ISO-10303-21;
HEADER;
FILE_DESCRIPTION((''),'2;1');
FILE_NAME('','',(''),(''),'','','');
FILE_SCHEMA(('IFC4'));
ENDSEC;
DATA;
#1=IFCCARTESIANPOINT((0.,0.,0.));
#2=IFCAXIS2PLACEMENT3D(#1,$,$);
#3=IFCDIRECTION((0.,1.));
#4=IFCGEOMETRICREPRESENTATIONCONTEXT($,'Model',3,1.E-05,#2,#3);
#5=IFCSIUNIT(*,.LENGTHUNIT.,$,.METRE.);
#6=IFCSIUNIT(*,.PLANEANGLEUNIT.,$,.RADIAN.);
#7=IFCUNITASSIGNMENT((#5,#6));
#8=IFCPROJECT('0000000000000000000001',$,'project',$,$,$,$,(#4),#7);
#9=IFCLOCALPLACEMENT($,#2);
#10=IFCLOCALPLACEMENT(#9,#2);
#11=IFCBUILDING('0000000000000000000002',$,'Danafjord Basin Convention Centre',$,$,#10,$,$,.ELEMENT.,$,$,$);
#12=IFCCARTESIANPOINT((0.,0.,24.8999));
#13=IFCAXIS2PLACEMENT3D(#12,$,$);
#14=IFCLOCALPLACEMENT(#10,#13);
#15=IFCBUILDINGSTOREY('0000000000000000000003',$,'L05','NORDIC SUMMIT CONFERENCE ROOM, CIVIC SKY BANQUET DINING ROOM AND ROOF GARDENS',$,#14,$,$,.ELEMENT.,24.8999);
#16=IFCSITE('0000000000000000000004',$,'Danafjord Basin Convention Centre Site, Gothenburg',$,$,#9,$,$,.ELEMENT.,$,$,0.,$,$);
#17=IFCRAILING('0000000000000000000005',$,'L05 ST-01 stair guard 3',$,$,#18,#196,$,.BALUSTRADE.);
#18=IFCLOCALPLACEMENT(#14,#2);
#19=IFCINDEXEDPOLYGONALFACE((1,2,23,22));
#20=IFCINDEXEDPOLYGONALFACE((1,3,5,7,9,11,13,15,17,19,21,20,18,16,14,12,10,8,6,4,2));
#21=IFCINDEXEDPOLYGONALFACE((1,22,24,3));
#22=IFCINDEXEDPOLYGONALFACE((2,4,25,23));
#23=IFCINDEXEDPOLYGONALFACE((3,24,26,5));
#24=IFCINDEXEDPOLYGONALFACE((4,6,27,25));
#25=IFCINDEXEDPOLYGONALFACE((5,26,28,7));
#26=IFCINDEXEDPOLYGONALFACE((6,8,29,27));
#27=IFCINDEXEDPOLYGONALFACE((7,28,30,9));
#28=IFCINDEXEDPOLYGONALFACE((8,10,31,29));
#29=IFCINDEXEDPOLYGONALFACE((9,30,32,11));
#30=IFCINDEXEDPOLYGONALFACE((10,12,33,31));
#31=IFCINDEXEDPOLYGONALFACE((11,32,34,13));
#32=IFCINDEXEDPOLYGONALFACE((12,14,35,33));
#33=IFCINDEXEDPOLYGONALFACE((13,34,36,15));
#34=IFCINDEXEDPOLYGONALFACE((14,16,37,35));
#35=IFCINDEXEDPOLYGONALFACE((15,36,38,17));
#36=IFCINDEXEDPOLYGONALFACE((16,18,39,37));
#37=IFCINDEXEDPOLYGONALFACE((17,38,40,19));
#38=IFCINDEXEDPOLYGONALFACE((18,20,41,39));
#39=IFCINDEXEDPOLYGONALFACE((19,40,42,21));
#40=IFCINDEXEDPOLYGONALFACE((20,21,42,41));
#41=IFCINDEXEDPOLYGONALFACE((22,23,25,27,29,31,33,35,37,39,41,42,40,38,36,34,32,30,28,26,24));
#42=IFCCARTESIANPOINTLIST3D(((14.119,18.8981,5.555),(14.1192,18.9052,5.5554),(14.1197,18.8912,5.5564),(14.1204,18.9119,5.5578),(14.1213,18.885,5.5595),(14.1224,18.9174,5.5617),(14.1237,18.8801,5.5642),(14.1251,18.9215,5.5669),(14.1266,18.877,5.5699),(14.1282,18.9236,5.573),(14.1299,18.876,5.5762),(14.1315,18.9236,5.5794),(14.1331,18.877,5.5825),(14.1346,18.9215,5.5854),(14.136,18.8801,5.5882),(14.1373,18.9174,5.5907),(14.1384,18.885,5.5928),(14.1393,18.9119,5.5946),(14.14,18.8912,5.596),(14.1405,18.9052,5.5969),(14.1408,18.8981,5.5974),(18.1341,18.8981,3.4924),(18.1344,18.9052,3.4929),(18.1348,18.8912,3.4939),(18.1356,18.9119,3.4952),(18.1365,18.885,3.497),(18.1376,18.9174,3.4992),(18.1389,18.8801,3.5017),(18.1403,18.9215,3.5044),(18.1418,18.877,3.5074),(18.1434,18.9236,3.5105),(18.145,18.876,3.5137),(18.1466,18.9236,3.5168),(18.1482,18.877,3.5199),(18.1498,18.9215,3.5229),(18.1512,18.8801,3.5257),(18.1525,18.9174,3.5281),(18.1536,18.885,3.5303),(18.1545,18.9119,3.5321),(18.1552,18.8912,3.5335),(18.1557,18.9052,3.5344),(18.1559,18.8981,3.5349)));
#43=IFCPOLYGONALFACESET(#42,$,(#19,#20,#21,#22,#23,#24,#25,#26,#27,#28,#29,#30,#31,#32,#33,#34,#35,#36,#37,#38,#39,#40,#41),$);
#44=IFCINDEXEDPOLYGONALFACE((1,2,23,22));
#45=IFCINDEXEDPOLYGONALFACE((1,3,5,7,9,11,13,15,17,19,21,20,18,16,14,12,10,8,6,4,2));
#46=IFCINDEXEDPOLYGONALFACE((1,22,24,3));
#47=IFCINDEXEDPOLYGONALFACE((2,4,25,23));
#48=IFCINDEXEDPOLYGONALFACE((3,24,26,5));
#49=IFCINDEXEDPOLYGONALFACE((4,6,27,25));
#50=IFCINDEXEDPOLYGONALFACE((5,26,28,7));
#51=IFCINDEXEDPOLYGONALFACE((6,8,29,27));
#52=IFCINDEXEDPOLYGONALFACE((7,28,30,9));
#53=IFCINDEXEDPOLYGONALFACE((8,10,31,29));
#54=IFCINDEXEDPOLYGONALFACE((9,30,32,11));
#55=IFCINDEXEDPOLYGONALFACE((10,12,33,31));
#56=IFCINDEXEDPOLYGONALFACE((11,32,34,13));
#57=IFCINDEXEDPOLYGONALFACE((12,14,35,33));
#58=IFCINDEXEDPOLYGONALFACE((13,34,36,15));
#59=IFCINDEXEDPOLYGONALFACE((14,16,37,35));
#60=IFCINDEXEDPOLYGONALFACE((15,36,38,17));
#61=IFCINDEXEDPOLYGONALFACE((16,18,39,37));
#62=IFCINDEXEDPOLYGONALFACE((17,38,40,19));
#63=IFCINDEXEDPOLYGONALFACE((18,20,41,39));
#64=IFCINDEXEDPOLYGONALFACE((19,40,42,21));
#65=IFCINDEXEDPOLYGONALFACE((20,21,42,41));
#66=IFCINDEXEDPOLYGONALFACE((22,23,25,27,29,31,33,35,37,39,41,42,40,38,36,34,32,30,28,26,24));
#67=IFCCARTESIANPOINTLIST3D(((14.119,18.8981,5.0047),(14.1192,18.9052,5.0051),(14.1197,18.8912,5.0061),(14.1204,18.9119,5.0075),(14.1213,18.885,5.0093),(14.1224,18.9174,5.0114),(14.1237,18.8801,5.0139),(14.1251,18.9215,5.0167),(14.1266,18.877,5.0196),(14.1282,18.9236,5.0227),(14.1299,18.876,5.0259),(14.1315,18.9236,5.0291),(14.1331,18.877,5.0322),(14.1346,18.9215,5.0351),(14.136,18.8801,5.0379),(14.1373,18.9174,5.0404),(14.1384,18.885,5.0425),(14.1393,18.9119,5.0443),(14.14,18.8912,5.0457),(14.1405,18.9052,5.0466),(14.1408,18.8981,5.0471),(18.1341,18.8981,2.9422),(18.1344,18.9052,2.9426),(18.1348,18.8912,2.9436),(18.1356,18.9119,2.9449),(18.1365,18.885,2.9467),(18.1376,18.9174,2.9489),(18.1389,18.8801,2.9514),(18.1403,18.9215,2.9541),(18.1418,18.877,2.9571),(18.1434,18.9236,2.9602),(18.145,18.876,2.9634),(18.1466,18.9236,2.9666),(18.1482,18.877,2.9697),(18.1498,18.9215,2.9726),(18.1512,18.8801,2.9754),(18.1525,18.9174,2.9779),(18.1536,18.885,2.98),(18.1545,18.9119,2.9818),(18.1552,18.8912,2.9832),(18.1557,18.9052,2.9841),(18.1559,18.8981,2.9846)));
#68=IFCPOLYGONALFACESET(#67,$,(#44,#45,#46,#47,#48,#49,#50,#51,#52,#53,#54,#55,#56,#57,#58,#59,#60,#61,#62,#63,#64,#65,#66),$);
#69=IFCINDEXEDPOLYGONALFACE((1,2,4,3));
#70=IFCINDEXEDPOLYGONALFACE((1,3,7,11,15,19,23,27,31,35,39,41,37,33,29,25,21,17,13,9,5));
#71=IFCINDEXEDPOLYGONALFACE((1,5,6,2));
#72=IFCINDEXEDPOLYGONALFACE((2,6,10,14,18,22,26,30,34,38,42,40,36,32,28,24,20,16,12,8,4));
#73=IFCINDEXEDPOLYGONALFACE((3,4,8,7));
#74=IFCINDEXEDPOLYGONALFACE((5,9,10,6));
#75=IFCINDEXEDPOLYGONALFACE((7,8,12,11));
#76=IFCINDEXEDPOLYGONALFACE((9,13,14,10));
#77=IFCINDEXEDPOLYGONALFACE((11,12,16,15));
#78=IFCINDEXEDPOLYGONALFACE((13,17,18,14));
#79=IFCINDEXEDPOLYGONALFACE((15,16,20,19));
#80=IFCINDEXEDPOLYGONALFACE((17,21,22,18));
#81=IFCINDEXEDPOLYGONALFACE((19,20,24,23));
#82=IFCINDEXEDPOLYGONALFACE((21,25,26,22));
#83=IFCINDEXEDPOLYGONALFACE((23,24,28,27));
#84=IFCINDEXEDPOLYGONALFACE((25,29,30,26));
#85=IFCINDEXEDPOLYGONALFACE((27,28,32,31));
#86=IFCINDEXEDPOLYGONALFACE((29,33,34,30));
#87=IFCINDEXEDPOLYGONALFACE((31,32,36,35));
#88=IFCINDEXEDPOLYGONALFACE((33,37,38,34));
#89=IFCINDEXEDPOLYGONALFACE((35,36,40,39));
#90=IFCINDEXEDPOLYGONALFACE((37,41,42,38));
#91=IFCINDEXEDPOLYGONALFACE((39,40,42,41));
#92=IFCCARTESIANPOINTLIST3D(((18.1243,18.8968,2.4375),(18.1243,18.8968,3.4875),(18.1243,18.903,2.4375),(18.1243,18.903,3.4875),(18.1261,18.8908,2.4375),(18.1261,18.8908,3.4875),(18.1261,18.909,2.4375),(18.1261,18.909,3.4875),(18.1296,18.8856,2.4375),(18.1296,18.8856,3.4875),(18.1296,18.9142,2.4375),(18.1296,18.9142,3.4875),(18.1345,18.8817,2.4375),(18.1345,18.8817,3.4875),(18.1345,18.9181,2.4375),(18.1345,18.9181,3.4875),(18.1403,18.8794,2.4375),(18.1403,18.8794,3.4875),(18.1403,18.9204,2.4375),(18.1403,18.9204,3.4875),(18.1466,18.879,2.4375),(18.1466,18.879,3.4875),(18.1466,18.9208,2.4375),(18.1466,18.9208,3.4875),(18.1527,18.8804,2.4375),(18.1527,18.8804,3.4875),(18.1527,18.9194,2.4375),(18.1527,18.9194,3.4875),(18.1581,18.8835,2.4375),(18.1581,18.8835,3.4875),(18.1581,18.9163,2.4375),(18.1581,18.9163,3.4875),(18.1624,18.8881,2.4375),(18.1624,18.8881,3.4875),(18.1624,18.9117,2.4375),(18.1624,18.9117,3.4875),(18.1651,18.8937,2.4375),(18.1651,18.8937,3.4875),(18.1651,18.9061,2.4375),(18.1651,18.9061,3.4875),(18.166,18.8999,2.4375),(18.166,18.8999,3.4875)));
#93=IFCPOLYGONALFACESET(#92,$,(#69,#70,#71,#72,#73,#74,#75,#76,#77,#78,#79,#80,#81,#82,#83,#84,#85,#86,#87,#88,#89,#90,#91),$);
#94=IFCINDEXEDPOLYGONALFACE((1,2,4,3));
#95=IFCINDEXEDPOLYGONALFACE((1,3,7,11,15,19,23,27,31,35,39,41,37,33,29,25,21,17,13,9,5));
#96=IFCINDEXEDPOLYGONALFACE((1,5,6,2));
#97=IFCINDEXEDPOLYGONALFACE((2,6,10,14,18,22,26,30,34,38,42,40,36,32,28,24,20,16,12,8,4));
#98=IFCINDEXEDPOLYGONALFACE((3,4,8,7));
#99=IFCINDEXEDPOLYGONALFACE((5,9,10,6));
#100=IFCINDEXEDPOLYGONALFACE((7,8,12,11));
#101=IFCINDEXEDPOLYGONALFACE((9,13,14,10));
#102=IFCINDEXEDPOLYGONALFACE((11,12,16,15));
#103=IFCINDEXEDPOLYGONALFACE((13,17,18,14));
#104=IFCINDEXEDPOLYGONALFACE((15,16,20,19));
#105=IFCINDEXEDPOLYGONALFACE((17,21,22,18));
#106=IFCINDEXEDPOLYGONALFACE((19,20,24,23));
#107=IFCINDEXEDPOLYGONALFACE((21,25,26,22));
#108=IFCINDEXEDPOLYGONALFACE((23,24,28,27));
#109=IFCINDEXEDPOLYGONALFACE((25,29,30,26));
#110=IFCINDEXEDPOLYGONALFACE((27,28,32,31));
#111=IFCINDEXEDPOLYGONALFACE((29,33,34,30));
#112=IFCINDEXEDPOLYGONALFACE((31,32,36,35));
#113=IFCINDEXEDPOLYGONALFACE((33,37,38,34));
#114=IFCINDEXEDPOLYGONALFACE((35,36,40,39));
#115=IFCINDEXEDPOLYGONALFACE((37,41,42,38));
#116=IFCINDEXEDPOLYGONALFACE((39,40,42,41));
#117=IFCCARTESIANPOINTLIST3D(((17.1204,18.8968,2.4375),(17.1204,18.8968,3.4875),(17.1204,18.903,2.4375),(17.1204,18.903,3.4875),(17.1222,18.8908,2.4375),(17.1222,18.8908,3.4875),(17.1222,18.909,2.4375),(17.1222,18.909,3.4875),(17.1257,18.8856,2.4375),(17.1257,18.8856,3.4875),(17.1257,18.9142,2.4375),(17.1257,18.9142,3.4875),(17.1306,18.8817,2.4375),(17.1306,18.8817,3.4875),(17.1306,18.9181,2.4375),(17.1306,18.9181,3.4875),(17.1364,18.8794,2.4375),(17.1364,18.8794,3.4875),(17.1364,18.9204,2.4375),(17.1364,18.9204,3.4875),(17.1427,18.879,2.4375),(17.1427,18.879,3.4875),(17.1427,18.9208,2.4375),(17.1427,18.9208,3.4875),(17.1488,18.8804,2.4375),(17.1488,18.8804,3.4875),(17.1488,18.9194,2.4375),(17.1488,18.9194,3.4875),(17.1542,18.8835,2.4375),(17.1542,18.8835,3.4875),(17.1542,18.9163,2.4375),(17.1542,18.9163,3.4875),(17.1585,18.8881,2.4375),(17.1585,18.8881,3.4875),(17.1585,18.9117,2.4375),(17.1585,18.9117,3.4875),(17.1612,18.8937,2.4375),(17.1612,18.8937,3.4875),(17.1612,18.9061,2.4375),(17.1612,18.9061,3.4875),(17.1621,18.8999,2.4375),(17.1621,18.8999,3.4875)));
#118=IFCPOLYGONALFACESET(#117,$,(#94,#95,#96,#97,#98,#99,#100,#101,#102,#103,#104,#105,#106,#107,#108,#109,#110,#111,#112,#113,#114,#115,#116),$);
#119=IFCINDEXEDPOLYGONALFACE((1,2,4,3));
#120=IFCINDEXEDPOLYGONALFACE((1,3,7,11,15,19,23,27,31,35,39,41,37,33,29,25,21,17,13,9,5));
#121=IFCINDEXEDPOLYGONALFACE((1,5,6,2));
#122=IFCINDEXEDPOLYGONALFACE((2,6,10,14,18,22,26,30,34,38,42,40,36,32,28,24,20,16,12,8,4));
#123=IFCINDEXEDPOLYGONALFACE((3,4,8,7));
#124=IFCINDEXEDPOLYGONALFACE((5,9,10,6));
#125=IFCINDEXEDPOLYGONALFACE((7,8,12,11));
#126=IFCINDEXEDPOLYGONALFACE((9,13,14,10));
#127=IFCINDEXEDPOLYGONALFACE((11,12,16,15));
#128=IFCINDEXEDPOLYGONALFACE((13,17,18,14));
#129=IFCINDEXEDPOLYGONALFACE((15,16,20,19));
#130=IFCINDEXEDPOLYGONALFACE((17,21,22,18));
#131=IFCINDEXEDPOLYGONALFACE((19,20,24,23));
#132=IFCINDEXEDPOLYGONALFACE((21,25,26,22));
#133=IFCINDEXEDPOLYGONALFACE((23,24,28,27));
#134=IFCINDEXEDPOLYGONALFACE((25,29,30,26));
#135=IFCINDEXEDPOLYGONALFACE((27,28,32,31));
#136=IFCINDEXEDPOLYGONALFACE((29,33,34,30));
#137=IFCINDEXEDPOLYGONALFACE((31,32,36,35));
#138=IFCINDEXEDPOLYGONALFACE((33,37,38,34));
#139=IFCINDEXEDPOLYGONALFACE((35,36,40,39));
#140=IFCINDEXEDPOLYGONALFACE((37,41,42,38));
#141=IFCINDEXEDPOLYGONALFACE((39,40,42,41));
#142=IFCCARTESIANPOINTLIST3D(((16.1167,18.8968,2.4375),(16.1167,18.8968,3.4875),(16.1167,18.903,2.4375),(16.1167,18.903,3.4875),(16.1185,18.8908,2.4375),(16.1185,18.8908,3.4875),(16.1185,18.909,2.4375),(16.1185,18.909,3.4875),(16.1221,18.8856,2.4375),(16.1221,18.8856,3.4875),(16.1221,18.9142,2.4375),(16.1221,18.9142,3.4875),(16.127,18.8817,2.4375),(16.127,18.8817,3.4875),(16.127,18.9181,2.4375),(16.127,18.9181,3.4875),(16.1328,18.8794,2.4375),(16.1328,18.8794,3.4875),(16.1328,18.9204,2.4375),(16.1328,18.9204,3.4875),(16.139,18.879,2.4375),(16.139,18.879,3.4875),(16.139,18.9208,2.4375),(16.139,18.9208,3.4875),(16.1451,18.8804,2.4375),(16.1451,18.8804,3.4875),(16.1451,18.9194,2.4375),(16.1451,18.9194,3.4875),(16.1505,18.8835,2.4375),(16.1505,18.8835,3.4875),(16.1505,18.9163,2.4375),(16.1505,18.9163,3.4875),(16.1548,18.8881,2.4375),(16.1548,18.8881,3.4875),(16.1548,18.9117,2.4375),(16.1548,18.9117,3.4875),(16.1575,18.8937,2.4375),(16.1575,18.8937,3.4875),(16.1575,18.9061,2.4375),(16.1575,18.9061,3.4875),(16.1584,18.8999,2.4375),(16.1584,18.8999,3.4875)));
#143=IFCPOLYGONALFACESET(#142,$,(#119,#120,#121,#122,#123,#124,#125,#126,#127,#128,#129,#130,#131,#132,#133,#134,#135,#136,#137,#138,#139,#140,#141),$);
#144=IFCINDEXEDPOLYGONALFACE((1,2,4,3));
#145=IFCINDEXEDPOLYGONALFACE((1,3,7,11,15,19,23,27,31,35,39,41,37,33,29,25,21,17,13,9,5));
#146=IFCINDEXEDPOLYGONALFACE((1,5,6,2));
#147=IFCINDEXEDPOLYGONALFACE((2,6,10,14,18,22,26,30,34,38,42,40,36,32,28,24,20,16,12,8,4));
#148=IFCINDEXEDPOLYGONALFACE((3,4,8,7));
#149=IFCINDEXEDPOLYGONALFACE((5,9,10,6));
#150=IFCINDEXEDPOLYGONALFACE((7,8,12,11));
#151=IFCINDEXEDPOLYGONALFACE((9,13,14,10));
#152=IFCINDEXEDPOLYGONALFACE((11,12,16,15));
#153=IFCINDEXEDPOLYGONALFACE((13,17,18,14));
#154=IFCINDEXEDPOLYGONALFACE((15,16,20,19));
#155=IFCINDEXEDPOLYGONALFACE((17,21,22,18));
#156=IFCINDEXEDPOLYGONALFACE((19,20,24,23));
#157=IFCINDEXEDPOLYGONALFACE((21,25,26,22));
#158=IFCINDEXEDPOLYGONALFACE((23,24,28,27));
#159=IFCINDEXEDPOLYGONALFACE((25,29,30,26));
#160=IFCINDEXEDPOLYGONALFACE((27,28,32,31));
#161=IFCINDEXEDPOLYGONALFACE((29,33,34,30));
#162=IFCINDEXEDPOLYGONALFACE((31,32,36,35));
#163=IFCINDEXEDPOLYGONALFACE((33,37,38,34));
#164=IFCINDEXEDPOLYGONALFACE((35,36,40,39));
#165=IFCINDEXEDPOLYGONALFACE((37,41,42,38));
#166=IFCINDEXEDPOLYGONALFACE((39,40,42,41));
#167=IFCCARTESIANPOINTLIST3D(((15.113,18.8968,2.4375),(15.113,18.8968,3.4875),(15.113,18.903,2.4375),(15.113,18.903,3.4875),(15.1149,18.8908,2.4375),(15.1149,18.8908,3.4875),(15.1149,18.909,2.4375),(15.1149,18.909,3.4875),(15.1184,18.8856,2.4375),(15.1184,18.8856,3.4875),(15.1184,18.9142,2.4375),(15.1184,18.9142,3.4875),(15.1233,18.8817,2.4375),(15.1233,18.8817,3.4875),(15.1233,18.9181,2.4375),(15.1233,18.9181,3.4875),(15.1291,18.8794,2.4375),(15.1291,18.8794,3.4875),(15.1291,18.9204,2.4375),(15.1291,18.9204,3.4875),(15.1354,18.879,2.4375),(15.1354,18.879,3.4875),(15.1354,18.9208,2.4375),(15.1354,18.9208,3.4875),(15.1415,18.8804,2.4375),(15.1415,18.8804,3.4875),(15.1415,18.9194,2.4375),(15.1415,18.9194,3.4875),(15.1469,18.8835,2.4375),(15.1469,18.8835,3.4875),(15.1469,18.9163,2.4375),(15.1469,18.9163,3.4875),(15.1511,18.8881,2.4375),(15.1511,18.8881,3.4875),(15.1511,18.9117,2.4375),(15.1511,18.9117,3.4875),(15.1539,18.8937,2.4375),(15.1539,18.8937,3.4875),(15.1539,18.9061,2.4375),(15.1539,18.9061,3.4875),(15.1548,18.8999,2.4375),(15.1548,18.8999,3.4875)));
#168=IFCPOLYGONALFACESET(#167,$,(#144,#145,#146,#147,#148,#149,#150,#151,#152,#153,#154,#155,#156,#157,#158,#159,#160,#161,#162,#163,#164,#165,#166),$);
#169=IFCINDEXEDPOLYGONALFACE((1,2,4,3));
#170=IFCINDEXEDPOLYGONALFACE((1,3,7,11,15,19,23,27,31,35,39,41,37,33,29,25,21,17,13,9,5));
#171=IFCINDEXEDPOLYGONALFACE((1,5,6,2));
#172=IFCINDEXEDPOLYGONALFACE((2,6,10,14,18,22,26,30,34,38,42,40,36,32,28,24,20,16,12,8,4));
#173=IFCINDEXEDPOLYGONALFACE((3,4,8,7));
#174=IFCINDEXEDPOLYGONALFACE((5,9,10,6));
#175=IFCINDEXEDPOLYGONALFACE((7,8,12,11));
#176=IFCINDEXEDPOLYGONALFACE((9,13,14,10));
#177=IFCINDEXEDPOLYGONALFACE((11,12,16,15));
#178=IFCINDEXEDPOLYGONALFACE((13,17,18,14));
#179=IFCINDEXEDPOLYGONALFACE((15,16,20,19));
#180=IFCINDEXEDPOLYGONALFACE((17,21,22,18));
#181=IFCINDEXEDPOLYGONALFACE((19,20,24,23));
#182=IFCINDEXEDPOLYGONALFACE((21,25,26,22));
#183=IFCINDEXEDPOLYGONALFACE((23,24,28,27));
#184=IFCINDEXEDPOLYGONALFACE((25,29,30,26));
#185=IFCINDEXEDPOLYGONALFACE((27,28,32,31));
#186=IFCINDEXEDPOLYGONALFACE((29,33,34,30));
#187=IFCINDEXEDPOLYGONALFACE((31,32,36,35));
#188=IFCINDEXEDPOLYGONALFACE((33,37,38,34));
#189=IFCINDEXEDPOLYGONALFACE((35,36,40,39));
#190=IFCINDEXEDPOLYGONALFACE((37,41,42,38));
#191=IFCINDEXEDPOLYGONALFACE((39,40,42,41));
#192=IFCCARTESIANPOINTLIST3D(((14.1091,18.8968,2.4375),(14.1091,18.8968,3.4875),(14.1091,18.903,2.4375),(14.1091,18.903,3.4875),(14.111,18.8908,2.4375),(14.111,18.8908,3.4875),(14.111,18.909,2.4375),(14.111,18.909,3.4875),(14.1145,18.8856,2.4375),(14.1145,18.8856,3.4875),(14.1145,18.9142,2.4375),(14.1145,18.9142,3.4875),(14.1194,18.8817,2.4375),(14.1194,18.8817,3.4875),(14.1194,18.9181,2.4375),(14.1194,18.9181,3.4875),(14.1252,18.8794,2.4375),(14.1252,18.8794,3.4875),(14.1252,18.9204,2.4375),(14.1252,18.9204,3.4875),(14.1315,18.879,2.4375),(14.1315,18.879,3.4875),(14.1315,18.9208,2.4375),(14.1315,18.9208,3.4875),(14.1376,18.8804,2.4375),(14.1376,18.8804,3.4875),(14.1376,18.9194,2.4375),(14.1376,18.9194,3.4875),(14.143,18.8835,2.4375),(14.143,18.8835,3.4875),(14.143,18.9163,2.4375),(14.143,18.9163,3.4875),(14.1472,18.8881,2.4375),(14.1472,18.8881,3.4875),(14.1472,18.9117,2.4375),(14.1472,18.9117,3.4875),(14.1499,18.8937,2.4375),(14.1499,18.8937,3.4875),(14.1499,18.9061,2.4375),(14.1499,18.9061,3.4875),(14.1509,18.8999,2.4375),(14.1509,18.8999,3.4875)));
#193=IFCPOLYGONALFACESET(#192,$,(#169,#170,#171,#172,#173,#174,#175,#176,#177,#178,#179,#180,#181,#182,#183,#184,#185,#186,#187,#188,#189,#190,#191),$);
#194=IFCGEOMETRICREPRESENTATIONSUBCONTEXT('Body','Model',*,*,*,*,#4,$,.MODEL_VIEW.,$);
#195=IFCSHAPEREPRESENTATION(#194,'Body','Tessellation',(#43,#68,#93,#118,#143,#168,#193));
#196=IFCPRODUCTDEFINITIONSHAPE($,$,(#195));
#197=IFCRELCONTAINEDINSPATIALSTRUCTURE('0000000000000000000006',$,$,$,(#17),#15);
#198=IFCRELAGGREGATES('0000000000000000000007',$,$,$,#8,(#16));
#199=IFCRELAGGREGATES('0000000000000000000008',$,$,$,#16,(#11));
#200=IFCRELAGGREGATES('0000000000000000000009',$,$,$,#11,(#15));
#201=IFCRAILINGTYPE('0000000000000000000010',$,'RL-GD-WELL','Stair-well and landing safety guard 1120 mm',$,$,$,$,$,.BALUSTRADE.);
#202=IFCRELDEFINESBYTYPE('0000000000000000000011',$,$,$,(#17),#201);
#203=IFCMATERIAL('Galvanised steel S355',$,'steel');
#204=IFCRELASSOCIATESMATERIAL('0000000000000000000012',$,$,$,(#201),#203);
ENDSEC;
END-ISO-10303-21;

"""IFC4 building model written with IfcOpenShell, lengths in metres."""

from ifc_helpers import new_model, si_unit, direction, frame, origin, origin_2d, place, context, subcontext, project, spatial, circle, extrude, material, type_object, element, save


model = new_model("IFC4")

# Units and contexts
model_context = context("Model", 3, precision=1e-05, world=origin(), true_north=direction((0.0, 1.0)))
body_context = subcontext(model_context, "Body", "Model", "MODEL_VIEW")
ifc_project = project(units=[si_unit("LENGTHUNIT", "METRE"), si_unit("PLANEANGLEUNIT", "RADIAN")], contexts=[model_context])

# Site, building, storey
site_placement = place(None, origin())
site = spatial("IfcSite", under=ifc_project, at=site_placement, Name="Danafjord Basin Convention Centre Site, Gothenburg", CompositionType="ELEMENT", RefElevation=0.0)
building_placement = place(site_placement, origin())
building = spatial("IfcBuilding", under=site, at=building_placement, Name="Danafjord Basin Convention Centre", CompositionType="ELEMENT")
storey_placement = place(building_placement, frame((0.0, 0.0, 24.8999)))
storey = spatial("IfcBuildingStorey", under=building, at=storey_placement, Name="L05", Description="NORDIC SUMMIT CONFERENCE ROOM, CIVIC SKY BANQUET DINING ROOM AND ROOF GARDENS", CompositionType="ELEMENT", Elevation=24.8999)

# Railing
ifc_material_1 = material(Name="Galvanised steel S355", Category="steel")
railing_type_1 = type_object("IfcRailingType", Name="RL-GD-WELL", Description="Stair-well and landing safety guard 1120 mm", PredefinedType="BALUSTRADE", material=ifc_material_1)
railing_1_placement = place(storey_placement, frame((18.145, 18.8999, 2.4375)))
element("IfcRailing", 1, at=railing_1_placement, inside=storey, type_object=railing_type_1, Name="L05 ST-01 stair guard 3", PredefinedType="BALUSTRADE", context=body_context, shape_type="SweptSolid", body=[
    extrude(circle(Radius=0.0239, at=origin_2d()), frame((0.0, 0.0, 1.0762), z_axis=(-0.889506, 0.0, 0.456923), x_axis=(0.0, -1.0, 0.0)), (0.0, 0.0, 1.0), 4.5139),
    extrude(circle(Radius=0.0239, at=origin_2d()), frame((0.0, 0.0, 0.5259), z_axis=(-0.889506, 0.0, 0.456923), x_axis=(0.0, -1.0, 0.0)), (0.0, 0.0, 1.0), 4.5139),
    extrude(circle(Radius=0.021, at=origin_2d()), origin(), (0.0, 0.0, 1.0), 1.05),
    extrude(circle(Radius=0.021, at=origin_2d()), frame((-1.0039, 0.0, 0.0)), (0.0, 0.0, 1.0), 1.05),
    extrude(circle(Radius=0.021, at=origin_2d()), frame((-2.0076, 0.0, 0.0)), (0.0, 0.0, 1.0), 1.05),
    extrude(circle(Radius=0.021, at=origin_2d()), frame((-3.0112, 0.0, 0.0)), (0.0, 0.0, 1.0), 1.05),
    extrude(circle(Radius=0.021, at=origin_2d()), frame((-4.0151, 0.0, 0.0)), (0.0, 0.0, 1.0), 1.05),
])

save(model, "model.ifc")
